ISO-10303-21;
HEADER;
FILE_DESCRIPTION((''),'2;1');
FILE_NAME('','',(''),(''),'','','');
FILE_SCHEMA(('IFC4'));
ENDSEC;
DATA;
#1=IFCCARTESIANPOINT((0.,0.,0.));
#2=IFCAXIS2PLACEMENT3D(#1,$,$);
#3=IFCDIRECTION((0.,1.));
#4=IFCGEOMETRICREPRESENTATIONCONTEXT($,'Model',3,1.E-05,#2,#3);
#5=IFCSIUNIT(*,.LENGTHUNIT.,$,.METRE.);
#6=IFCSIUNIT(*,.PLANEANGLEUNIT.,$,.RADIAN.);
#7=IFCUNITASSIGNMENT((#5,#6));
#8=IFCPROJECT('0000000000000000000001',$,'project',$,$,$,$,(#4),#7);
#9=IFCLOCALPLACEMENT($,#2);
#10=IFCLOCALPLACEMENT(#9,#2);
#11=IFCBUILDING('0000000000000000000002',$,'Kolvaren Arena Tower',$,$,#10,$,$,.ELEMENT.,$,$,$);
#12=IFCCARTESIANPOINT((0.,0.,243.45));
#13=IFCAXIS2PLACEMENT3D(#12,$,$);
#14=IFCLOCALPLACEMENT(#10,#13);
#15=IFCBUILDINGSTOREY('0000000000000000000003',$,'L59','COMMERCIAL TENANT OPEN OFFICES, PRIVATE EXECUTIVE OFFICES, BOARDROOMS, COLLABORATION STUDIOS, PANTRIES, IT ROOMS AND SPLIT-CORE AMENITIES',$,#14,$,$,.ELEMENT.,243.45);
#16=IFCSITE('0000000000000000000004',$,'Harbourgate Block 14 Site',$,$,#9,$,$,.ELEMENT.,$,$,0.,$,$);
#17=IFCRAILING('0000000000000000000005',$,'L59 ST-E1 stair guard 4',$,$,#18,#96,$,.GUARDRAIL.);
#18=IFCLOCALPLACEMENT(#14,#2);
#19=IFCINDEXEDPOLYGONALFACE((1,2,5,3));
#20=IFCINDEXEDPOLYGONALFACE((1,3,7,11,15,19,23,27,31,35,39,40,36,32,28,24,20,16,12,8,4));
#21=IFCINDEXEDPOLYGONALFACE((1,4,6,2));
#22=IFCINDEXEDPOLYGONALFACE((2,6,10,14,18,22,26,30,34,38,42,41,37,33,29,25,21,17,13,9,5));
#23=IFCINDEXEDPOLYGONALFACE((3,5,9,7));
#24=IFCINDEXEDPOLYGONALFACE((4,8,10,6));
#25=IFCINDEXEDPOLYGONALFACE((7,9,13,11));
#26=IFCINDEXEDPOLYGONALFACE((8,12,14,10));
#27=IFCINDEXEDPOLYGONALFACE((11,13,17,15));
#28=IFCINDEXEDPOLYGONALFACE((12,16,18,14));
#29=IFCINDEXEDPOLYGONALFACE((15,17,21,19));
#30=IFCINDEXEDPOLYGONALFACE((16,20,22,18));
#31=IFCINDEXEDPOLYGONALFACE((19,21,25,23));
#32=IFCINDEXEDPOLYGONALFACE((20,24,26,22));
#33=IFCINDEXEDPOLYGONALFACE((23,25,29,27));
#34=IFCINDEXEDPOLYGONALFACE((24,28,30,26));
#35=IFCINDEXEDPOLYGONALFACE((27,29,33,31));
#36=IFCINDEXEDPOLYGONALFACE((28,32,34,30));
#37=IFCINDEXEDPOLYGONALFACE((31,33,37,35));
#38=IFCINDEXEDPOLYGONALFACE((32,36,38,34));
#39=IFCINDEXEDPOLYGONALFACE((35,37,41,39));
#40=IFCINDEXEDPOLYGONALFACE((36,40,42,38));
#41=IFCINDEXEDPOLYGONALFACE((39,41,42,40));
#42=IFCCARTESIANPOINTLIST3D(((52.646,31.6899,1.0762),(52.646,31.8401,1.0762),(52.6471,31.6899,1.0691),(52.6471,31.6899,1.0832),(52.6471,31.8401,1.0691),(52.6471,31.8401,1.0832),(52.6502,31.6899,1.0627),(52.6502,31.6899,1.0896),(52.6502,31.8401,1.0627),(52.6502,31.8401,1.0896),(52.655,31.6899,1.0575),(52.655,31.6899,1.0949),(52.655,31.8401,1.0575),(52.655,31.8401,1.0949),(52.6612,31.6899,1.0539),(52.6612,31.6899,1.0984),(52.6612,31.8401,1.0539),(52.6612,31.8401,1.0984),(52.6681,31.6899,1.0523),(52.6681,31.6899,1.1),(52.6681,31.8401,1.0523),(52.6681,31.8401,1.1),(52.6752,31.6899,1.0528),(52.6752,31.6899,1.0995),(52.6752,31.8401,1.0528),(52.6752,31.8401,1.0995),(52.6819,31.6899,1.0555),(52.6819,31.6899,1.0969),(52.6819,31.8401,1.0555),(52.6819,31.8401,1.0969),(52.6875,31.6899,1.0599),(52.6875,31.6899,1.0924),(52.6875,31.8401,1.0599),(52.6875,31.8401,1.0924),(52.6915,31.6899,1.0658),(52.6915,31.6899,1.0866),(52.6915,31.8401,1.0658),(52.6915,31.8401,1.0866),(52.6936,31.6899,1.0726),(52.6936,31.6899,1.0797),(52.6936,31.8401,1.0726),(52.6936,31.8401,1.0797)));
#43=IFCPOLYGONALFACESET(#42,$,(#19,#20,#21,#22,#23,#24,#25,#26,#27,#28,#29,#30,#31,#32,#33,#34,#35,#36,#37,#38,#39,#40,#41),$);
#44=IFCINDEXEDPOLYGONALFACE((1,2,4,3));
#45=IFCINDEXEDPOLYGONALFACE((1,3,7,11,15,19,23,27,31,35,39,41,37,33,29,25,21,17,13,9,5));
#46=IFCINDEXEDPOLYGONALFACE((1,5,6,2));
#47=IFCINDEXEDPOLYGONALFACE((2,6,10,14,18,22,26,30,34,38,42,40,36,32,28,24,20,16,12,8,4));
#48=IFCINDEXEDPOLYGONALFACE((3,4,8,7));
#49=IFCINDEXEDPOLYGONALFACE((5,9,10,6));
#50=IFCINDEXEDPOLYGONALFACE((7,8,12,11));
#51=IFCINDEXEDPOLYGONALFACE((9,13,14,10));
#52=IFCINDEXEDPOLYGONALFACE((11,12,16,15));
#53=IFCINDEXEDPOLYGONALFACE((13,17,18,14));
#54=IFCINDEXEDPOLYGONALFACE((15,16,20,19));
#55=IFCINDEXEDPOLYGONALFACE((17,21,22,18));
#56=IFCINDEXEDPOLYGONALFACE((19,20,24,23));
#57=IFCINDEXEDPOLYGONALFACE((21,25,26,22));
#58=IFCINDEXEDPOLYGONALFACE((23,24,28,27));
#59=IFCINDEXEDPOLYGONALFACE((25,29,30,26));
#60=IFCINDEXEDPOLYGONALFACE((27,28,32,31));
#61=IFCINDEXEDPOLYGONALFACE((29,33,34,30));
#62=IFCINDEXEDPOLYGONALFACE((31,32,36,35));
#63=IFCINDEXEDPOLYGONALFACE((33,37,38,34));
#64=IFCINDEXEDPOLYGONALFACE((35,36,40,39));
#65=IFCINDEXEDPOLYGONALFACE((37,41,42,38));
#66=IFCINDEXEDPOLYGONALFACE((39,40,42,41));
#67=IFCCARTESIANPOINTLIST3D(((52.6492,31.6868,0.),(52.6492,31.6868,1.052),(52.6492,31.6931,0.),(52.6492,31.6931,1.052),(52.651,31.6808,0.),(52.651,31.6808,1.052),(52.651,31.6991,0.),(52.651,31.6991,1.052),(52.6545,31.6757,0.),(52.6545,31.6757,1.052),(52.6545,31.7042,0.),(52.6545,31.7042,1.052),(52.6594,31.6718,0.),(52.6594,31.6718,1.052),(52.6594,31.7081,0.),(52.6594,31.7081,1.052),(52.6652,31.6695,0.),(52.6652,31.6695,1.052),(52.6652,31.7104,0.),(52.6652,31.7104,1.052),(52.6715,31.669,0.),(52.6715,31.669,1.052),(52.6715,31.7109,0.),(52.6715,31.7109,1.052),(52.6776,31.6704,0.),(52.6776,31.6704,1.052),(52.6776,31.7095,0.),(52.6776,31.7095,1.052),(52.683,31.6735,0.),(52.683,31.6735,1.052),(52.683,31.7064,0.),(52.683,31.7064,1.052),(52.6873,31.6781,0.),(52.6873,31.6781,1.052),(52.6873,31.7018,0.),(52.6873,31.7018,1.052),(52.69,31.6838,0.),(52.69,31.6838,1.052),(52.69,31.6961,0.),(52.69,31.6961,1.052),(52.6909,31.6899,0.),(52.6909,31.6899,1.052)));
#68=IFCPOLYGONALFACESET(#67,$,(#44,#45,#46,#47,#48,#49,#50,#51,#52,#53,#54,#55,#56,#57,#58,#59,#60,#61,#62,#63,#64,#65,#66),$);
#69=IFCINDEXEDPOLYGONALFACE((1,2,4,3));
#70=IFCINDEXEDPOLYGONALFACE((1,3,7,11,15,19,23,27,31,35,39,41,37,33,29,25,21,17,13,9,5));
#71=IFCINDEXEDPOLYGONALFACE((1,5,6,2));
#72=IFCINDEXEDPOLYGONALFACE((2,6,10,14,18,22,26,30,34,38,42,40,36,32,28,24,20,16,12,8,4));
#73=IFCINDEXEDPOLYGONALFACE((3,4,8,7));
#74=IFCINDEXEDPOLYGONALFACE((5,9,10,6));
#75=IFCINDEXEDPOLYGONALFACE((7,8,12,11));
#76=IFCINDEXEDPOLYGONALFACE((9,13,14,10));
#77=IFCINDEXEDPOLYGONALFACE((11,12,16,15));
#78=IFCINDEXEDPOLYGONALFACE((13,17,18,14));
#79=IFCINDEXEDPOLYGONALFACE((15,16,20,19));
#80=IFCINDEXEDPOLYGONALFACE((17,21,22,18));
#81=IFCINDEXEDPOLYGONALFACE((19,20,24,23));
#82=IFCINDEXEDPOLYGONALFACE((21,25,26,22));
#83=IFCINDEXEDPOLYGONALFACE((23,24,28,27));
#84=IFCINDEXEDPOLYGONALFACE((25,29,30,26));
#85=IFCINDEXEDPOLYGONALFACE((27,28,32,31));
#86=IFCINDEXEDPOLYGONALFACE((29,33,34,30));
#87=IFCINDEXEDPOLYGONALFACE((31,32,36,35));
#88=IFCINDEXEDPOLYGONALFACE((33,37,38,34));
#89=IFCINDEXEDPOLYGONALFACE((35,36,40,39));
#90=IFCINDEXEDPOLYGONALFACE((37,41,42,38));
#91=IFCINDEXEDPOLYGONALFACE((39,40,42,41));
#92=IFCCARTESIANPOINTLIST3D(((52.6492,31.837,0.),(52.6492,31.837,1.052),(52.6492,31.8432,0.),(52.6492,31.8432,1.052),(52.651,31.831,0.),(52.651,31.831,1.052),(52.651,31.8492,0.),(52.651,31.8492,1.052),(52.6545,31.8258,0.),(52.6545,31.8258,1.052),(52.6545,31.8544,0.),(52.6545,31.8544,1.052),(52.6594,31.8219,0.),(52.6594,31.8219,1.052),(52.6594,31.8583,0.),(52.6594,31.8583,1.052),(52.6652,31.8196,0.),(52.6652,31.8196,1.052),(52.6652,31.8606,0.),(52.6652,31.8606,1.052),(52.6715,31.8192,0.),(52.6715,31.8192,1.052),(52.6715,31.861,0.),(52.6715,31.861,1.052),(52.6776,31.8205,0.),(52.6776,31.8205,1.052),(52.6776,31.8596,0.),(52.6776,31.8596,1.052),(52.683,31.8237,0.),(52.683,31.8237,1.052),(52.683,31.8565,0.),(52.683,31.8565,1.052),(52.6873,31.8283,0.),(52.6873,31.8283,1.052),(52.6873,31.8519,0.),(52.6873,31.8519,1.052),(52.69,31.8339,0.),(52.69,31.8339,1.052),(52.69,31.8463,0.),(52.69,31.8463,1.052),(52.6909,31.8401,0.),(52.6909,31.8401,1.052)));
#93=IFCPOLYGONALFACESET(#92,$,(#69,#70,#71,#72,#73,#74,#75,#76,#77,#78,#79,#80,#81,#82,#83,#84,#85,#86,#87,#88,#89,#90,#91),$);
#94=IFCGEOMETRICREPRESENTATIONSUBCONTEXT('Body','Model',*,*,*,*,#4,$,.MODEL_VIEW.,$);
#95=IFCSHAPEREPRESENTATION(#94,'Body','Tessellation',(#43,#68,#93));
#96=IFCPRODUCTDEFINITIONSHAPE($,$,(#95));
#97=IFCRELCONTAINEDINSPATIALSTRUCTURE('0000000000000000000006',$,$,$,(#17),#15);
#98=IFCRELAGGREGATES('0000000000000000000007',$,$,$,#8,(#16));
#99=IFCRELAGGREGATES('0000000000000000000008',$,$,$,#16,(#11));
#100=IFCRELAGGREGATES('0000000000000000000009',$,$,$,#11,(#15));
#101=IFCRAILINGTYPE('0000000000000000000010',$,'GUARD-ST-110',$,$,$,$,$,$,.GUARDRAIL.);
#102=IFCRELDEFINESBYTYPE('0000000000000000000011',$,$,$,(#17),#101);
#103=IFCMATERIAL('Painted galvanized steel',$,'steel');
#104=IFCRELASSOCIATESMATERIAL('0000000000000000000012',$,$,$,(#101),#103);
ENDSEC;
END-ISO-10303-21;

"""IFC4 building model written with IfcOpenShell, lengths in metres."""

from ifc_helpers import new_model, si_unit, direction, frame, origin, origin_2d, place, context, subcontext, project, spatial, circle, extrude, material, type_object, element, save


model = new_model("IFC4")

# Units and contexts
model_context = context("Model", 3, precision=1e-05, world=origin(), true_north=direction((0.0, 1.0)))
body_context = subcontext(model_context, "Body", "Model", "MODEL_VIEW")
ifc_project = project(units=[si_unit("LENGTHUNIT", "METRE"), si_unit("PLANEANGLEUNIT", "RADIAN")], contexts=[model_context])

# Site, building, storey
site_placement = place(None, origin())
site = spatial("IfcSite", under=ifc_project, at=site_placement, Name="Harbourgate Block 14 Site", CompositionType="ELEMENT", RefElevation=0.0)
building_placement = place(site_placement, origin())
building = spatial("IfcBuilding", under=site, at=building_placement, Name="Kolvaren Arena Tower", CompositionType="ELEMENT")
storey_placement = place(building_placement, frame((0.0, 0.0, 243.45)))
storey = spatial("IfcBuildingStorey", under=building, at=storey_placement, Name="L59", Description="COMMERCIAL TENANT OPEN OFFICES, PRIVATE EXECUTIVE OFFICES, BOARDROOMS, COLLABORATION STUDIOS, PANTRIES, IT ROOMS AND SPLIT-CORE AMENITIES", CompositionType="ELEMENT", Elevation=243.45)

# Railing
ifc_material_1 = material(Name="Painted galvanized steel", Category="steel")
railing_type_1 = type_object("IfcRailingType", Name="GUARD-ST-110", PredefinedType="GUARDRAIL", material=ifc_material_1)
railing_1_placement = place(storey_placement, frame((52.6699, 31.6899, 0.0)))
element("IfcRailing", 1, at=railing_1_placement, inside=storey, type_object=railing_type_1, Name="L59 ST-E1 stair guard 4", PredefinedType="GUARDRAIL", context=body_context, shape_type="SweptSolid", body=[
    extrude(circle(Radius=0.0239, at=origin_2d()), frame((0.0, 0.0, 1.0762), z_axis=(0.0, 1.0, 0.0), x_axis=(-1.0, 0.0, 0.0)), (0.0, 0.0, 1.0), 0.1501),
    extrude(circle(Radius=0.021, at=origin_2d()), origin(), (0.0, 0.0, 1.0), 1.052),
    extrude(circle(Radius=0.021, at=origin_2d()), frame((0.0, 0.1501, 0.0)), (0.0, 0.0, 1.0), 1.052),
])

save(model, "model.ifc")
